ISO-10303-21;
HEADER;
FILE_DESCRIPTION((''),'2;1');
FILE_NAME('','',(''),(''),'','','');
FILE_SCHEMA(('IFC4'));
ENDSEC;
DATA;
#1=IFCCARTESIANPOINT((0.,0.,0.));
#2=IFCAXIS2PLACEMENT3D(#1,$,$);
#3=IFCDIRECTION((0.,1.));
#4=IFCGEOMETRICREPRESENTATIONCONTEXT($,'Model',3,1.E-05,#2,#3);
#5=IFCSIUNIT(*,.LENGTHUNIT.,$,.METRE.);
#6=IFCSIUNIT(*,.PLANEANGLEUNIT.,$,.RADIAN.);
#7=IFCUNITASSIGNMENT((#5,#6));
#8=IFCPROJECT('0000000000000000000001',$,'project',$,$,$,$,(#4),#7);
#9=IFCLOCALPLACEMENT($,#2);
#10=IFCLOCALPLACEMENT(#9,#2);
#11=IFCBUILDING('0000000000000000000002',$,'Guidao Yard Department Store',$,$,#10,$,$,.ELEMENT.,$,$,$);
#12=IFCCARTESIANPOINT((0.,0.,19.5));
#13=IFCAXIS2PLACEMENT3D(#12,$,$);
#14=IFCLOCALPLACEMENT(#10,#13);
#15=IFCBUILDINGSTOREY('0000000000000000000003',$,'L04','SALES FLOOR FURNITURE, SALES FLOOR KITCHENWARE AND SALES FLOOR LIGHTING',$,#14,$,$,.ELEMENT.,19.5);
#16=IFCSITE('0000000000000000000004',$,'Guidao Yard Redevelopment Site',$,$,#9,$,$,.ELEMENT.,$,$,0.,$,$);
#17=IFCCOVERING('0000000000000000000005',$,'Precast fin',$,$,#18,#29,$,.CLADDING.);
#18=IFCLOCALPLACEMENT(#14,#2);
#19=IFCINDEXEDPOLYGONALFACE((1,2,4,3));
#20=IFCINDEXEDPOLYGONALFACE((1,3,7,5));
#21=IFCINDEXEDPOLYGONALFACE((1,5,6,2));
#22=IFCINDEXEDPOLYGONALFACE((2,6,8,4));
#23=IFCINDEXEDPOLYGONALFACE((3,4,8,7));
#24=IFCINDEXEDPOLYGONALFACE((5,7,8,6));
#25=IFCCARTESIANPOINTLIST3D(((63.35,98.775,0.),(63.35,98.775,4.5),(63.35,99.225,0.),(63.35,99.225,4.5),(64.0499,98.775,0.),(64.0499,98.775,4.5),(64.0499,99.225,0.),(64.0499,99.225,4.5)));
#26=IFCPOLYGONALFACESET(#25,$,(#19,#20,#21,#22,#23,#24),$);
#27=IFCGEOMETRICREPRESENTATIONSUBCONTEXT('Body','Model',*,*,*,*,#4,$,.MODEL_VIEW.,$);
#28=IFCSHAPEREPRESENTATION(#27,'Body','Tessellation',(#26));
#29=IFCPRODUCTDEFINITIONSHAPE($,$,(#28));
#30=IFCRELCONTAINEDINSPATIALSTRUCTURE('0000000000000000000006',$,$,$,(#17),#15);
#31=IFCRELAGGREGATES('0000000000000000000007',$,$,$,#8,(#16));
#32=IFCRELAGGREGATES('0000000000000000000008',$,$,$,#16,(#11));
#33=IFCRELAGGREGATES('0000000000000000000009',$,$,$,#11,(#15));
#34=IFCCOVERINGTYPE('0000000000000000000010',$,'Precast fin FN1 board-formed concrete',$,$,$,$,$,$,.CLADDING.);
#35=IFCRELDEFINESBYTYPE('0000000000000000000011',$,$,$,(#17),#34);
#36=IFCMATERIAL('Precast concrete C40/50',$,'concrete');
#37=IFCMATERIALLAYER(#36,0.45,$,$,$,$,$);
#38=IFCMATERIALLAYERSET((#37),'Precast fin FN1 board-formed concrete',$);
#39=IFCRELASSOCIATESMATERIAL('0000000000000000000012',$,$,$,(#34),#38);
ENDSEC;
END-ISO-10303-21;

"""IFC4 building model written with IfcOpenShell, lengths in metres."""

from ifc_helpers import new_model, si_unit, direction, frame, origin, origin_2d, place, context, subcontext, project, spatial, rectangle, extrude, material, layer, layer_set, type_object, element, save


model = new_model("IFC4")

# Units and contexts
model_context = context("Model", 3, precision=1e-05, world=origin(), true_north=direction((0.0, 1.0)))
body_context = subcontext(model_context, "Body", "Model", "MODEL_VIEW")
ifc_project = project(units=[si_unit("LENGTHUNIT", "METRE"), si_unit("PLANEANGLEUNIT", "RADIAN")], contexts=[model_context])

# Site, building, storey
site_placement = place(None, origin())
site = spatial("IfcSite", under=ifc_project, at=site_placement, Name="Guidao Yard Redevelopment Site", CompositionType="ELEMENT", RefElevation=0.0)
building_placement = place(site_placement, origin())
building = spatial("IfcBuilding", under=site, at=building_placement, Name="Guidao Yard Department Store", CompositionType="ELEMENT")
storey_placement = place(building_placement, frame((0.0, 0.0, 19.5)))
storey = spatial("IfcBuildingStorey", under=building, at=storey_placement, Name="L04", Description="SALES FLOOR FURNITURE, SALES FLOOR KITCHENWARE AND SALES FLOOR LIGHTING", CompositionType="ELEMENT", Elevation=19.5)

# Covering
ifc_material_1 = material(Name="Precast concrete C40/50", Category="concrete")
ifc_layer_1 = layer(ifc_material_1, 0.45)
ifc_layer_set_1 = layer_set([ifc_layer_1], Name="Precast fin FN1 board-formed concrete")
covering_type = type_object("IfcCoveringType", Name="Precast fin FN1 board-formed concrete", PredefinedType="CLADDING", material=ifc_layer_set_1)
covering_1_placement = place(storey_placement, frame((63.7, 99.0, 0.0), z_axis=(0.0, 0.0, 1.0), x_axis=(0.0, -1.0, 0.0)))
element("IfcCovering", 1, at=covering_1_placement, inside=storey, type_object=covering_type, Name="Precast fin", PredefinedType="CLADDING", context=body_context, shape_type="SweptSolid", body=[
    extrude(rectangle(XDim=0.45, YDim=0.7, at=origin_2d()), origin(), (0.0, 0.0, 1.0), 4.5),
])

save(model, "model.ifc")
